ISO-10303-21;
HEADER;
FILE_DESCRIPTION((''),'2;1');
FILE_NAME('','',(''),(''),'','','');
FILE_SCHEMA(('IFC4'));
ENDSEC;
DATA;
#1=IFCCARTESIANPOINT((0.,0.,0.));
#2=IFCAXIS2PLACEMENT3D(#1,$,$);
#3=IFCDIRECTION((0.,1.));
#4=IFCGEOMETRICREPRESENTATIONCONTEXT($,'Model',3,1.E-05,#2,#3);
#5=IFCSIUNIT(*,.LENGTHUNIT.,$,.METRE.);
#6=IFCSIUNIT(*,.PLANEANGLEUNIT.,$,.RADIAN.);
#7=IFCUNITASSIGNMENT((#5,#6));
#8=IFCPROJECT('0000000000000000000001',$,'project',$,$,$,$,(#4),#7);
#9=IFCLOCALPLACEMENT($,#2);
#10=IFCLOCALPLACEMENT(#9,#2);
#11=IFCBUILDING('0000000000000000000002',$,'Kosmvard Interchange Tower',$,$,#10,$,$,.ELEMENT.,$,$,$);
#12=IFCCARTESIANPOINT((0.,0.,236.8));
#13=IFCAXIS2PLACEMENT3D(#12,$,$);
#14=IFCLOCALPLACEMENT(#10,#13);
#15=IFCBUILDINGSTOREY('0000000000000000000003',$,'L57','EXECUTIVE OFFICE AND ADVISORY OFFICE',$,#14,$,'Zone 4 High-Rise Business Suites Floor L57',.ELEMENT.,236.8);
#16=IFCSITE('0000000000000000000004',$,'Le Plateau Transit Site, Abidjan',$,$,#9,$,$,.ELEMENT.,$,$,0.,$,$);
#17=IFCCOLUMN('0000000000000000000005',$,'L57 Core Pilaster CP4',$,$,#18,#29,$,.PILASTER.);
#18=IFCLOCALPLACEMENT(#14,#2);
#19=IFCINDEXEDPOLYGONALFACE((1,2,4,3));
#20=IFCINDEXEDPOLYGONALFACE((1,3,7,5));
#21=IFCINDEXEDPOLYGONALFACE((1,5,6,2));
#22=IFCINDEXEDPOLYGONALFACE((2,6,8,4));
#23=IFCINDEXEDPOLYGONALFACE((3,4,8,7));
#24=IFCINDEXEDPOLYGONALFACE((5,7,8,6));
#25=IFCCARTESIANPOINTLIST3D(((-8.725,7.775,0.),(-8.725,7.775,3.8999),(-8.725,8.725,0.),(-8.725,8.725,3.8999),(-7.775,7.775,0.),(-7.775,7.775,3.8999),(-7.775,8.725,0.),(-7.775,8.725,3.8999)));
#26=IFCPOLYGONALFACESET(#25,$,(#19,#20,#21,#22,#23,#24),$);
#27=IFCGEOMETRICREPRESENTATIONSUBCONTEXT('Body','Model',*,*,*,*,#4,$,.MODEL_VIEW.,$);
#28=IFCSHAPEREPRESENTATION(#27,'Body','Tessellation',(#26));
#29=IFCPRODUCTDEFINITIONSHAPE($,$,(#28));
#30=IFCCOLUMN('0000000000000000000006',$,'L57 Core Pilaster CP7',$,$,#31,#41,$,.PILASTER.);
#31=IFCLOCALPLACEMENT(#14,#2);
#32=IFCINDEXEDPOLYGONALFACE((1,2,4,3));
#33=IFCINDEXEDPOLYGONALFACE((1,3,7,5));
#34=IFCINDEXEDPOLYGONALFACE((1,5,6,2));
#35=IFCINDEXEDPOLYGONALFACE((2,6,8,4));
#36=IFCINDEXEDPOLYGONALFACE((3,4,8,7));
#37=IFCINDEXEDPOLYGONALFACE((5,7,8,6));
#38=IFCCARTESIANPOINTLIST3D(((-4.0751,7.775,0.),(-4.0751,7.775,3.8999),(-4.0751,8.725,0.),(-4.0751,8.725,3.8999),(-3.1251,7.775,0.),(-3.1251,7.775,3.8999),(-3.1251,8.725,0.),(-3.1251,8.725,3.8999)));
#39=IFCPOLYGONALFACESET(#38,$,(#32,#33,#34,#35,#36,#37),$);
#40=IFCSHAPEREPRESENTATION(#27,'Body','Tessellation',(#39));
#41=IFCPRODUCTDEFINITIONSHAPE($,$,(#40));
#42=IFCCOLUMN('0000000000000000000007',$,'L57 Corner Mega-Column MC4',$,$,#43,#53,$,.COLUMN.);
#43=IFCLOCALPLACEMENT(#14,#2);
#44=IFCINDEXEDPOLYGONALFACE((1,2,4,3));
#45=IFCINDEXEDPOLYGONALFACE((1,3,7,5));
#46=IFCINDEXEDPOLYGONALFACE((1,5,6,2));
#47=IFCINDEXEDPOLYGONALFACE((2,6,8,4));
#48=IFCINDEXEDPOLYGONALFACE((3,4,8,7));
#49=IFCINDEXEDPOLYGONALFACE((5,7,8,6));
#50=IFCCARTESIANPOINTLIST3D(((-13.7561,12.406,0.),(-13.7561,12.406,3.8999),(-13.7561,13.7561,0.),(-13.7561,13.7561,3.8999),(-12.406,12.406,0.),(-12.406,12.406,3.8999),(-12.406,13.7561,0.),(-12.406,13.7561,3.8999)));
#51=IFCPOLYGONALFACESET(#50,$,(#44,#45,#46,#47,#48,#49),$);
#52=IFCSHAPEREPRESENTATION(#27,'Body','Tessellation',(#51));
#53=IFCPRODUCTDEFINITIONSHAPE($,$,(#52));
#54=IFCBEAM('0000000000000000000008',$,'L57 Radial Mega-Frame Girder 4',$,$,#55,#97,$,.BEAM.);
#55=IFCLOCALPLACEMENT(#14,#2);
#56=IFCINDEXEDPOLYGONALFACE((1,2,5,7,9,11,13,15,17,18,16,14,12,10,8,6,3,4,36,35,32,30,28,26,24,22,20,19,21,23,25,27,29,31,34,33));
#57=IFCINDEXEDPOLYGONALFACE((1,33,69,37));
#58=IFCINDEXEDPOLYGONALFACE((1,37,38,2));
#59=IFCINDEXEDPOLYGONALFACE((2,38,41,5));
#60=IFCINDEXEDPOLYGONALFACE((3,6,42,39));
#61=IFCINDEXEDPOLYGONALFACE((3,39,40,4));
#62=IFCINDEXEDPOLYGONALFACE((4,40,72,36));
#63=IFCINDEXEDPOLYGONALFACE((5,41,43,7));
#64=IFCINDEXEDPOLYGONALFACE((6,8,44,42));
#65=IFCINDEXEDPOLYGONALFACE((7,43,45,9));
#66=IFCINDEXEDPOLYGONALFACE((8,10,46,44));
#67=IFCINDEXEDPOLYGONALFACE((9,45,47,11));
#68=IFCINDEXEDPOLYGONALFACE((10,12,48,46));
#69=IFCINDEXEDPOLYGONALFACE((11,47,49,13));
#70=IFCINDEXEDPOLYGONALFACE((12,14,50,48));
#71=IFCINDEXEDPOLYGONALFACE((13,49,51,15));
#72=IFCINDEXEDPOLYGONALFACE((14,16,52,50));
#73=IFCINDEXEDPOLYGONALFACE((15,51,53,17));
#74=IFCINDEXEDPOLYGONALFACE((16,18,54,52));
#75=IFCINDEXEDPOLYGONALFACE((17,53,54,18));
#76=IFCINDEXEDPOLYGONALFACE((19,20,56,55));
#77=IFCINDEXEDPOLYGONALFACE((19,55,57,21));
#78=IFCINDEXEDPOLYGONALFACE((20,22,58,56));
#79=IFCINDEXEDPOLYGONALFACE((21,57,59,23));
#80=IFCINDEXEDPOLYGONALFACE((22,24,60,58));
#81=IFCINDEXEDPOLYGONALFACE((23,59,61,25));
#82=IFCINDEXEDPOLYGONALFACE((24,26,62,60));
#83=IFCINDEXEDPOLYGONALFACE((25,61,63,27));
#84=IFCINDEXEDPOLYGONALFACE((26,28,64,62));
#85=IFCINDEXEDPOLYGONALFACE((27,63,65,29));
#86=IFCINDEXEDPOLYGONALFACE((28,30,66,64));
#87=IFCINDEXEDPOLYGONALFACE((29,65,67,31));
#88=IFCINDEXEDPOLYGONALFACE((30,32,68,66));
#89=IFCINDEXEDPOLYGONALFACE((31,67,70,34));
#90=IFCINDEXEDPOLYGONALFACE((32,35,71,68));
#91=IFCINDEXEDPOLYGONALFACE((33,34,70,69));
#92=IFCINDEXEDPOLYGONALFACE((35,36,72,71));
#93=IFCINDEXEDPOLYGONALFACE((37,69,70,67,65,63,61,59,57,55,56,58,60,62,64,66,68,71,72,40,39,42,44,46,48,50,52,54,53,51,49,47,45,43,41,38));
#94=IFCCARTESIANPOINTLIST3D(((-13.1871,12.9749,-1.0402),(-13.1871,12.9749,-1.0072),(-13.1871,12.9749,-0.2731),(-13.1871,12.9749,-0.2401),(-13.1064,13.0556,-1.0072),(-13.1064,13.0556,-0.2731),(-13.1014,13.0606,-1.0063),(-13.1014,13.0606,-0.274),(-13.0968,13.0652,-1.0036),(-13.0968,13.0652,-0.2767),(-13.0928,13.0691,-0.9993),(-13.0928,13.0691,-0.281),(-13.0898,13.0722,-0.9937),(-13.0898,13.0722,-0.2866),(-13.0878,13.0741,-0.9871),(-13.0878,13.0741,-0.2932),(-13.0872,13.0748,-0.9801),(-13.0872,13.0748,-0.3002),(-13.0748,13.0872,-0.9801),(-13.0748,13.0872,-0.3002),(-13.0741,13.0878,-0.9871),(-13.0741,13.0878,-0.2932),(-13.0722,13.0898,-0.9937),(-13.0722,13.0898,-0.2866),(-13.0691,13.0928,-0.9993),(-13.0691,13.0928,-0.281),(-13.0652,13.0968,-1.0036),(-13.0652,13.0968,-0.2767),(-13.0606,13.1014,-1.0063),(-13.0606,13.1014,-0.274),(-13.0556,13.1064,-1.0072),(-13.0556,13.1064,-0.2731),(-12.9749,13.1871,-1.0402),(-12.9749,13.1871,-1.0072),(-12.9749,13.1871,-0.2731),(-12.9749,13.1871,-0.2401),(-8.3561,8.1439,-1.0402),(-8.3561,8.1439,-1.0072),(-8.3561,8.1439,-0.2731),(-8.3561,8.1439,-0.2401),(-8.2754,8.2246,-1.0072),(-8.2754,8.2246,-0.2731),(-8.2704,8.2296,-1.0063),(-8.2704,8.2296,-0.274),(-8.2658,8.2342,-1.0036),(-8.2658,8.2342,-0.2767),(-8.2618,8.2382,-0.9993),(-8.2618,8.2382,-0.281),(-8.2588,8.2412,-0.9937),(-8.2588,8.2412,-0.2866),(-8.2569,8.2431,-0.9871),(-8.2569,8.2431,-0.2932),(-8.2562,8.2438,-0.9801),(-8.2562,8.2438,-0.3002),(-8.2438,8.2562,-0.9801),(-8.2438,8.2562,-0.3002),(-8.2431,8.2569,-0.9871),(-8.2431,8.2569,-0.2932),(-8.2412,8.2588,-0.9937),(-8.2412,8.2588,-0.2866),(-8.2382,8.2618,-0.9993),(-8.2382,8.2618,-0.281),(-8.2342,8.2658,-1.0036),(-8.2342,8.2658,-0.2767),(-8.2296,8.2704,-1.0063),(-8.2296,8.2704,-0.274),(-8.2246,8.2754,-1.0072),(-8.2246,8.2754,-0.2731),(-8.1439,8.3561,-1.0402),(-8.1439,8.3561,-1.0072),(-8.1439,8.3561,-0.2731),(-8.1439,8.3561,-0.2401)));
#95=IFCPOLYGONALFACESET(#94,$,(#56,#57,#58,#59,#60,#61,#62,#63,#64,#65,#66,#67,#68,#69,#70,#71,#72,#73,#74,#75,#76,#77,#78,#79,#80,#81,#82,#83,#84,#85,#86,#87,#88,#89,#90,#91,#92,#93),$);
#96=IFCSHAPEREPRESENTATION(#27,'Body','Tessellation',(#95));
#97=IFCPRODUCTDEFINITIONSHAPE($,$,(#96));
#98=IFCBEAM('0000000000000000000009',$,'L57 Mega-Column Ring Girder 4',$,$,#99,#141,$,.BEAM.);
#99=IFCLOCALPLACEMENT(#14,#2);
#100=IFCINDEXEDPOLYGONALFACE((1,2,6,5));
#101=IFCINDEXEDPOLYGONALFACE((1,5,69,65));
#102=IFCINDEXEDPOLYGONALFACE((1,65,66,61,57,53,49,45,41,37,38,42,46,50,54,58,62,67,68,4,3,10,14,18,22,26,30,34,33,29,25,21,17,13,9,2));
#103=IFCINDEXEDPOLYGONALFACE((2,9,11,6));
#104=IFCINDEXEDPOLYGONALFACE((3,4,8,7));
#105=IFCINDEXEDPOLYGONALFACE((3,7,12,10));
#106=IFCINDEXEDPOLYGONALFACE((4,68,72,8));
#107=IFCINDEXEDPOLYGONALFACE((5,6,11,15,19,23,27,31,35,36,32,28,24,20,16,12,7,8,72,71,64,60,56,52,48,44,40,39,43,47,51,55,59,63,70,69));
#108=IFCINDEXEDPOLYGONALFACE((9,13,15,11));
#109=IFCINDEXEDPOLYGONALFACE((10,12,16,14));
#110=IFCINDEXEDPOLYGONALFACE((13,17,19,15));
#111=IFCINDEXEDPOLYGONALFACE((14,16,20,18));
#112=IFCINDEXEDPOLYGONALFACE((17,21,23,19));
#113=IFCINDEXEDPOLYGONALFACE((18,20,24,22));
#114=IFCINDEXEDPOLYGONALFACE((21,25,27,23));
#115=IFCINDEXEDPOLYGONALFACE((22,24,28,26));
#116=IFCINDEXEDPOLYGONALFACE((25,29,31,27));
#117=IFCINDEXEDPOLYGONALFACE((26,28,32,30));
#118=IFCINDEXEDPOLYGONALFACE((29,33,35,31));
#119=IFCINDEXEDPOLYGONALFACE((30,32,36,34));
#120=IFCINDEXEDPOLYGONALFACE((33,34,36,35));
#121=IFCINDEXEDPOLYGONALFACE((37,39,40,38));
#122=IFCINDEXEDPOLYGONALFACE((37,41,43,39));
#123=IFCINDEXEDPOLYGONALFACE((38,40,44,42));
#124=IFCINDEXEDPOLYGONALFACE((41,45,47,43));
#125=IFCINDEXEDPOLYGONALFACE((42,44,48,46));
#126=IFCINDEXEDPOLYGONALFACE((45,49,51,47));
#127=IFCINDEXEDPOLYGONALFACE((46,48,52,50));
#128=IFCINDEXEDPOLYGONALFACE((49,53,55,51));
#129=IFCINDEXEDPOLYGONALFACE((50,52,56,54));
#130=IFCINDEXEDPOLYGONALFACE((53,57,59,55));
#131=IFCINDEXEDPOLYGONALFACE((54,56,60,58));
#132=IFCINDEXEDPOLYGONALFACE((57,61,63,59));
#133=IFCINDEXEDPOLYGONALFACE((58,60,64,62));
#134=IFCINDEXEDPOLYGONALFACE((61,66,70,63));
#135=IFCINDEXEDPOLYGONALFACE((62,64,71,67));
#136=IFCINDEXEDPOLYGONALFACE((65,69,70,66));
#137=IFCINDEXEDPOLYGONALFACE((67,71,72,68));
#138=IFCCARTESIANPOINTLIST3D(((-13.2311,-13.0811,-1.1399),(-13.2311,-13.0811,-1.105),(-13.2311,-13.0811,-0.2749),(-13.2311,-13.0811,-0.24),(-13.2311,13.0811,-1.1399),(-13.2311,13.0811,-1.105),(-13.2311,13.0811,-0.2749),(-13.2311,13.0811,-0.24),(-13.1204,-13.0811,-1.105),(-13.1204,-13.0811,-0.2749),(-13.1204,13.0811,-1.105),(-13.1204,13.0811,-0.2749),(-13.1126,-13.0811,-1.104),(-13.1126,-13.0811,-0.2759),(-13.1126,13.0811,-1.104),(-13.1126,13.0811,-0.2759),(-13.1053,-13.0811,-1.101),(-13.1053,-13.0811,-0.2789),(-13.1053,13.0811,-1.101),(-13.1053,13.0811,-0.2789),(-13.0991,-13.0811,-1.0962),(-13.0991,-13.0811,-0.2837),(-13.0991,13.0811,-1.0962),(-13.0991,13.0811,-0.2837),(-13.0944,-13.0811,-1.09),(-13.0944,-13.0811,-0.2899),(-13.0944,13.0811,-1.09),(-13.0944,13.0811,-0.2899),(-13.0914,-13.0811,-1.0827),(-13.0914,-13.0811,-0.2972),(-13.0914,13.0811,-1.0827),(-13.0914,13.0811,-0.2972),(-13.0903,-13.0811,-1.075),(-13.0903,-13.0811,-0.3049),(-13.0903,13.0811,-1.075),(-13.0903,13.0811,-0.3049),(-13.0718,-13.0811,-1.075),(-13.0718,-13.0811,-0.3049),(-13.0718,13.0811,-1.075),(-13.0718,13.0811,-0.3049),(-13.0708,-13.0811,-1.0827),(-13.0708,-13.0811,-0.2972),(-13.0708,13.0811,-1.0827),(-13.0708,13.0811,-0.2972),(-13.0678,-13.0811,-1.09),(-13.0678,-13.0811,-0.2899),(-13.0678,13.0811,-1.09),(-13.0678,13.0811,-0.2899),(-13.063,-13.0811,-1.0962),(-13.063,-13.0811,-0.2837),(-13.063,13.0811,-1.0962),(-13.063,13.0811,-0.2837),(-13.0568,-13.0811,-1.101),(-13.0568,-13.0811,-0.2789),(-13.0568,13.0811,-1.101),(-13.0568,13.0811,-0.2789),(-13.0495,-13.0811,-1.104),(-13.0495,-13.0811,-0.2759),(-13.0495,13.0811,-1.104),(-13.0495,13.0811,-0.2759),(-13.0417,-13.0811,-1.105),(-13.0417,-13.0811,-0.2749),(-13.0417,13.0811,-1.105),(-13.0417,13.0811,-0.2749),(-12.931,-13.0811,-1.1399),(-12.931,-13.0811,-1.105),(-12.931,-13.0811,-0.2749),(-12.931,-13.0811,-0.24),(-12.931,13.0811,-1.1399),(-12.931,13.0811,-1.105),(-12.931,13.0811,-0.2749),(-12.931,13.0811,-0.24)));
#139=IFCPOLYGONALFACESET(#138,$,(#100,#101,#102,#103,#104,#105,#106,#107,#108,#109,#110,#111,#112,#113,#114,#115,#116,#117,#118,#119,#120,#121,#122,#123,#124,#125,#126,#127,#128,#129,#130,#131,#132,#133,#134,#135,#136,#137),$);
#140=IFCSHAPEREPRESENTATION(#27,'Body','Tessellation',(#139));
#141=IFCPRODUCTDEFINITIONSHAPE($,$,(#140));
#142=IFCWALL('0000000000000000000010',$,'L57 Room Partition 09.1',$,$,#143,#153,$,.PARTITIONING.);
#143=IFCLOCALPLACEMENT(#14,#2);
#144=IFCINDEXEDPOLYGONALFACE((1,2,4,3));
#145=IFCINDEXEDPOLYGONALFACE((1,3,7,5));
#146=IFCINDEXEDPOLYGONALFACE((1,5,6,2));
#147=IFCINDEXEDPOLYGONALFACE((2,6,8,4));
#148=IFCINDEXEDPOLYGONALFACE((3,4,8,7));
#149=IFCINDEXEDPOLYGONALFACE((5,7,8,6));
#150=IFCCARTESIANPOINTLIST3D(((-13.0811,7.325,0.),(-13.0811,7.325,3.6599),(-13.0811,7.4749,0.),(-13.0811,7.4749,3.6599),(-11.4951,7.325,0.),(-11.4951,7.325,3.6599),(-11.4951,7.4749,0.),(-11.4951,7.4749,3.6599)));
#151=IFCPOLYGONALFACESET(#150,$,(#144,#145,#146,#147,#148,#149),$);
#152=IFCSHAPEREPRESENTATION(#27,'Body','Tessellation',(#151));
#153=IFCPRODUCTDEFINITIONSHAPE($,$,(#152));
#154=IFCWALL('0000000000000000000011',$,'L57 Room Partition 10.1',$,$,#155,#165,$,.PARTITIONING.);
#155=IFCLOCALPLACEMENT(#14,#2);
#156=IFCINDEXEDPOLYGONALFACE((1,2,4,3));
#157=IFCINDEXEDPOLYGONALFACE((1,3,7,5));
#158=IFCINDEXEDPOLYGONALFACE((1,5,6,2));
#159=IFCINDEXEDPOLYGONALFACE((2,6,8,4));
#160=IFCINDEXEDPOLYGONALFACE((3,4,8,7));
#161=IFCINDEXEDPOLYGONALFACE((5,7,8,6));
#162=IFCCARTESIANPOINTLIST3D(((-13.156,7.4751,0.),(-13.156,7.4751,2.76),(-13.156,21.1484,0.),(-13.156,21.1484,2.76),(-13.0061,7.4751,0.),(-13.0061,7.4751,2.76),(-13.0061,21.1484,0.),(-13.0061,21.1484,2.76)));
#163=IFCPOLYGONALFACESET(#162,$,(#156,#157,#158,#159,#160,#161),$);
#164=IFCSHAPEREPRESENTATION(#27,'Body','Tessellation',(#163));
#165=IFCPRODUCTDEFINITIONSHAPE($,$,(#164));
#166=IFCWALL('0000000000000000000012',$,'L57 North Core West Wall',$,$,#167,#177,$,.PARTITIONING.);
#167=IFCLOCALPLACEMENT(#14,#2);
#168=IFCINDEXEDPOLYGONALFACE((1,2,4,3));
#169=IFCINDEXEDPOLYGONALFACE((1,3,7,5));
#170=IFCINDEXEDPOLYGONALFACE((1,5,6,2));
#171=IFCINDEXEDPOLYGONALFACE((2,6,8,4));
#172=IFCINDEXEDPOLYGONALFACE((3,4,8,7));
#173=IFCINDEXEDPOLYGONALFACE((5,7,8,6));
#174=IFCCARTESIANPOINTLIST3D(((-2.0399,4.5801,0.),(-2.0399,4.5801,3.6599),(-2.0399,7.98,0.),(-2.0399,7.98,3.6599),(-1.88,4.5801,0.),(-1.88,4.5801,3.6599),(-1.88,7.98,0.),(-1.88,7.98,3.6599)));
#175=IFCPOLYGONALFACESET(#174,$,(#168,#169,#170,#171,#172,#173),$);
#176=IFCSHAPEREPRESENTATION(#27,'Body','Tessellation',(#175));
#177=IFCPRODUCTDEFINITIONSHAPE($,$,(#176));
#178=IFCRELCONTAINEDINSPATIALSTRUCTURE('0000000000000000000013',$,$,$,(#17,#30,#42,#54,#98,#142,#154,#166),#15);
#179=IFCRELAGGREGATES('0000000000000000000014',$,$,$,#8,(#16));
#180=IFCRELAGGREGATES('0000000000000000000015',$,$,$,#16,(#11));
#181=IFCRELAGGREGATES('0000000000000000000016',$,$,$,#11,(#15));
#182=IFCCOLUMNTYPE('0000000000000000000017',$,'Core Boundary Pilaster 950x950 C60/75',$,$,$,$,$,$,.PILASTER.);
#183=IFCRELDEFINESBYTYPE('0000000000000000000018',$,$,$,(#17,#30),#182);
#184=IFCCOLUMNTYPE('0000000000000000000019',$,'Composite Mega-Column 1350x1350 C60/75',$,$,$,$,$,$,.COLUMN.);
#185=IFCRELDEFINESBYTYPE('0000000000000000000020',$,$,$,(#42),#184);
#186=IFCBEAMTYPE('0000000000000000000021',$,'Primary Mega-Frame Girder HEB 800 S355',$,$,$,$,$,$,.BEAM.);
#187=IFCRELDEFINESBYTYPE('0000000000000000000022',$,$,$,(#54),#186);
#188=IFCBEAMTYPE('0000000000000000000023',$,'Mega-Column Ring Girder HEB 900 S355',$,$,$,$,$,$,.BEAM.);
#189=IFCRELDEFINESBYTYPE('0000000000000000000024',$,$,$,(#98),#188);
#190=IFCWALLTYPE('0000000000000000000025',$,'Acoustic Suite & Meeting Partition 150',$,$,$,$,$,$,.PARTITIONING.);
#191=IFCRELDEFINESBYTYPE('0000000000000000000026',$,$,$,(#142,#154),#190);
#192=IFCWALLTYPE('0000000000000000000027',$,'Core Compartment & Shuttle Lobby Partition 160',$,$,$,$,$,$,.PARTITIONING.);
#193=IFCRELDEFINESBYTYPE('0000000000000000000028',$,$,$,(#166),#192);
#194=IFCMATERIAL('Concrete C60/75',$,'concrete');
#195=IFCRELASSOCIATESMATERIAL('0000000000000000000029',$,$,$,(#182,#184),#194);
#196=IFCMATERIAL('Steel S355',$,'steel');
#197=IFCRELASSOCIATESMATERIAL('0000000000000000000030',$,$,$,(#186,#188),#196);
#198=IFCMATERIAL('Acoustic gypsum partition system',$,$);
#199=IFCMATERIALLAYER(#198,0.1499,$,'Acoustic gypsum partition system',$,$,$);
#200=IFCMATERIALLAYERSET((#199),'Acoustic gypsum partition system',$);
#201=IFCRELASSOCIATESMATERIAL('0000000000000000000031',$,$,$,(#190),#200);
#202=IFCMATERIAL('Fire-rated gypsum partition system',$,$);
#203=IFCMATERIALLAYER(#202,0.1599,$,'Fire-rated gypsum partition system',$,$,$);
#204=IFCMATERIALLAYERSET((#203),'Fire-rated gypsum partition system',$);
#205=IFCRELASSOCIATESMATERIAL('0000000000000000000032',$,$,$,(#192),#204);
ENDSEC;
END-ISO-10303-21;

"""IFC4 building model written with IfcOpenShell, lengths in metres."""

from ifc_helpers import new_model, si_unit, direction, frame, frame_2d, origin, origin_2d, place, context, subcontext, project, spatial, rectangle, i_section, extrude, source, transform, mapped, material, layer, layer_set, material_profile, profile_set, type_object, element, save


model = new_model("IFC4")

# Units and contexts
model_context = context("Model", 3, precision=1e-05, world=origin(), true_north=direction((0.0, 1.0)))
body_context = subcontext(model_context, "Body", "Model", "MODEL_VIEW")
ifc_project = project(units=[si_unit("LENGTHUNIT", "METRE"), si_unit("PLANEANGLEUNIT", "RADIAN")], contexts=[model_context])

# Site, building, storey
site_placement = place(None, origin())
site = spatial("IfcSite", under=ifc_project, at=site_placement, Name="Le Plateau Transit Site, Abidjan", CompositionType="ELEMENT", RefElevation=0.0)
building_placement = place(site_placement, origin())
building = spatial("IfcBuilding", under=site, at=building_placement, Name="Kosmvard Interchange Tower", CompositionType="ELEMENT")
storey_placement = place(building_placement, frame((0.0, 0.0, 236.8)))
storey = spatial("IfcBuildingStorey", under=building, at=storey_placement, Name="L57", Description="EXECUTIVE OFFICE AND ADVISORY OFFICE", LongName="Zone 4 High-Rise Business Suites Floor L57", CompositionType="ELEMENT", Elevation=236.8)

# Columns
ifc_material_1 = material(Name="Concrete C60/75", Category="concrete")
ifc_material_profile_1 = material_profile(ifc_material_1, rectangle(XDim=0.95, YDim=0.95, at=origin_2d()), Name="CP 950x950")
ifc_profile_set_1 = profile_set([ifc_material_profile_1], Name="Concrete C60/75")
column_type_1 = type_object("IfcColumnType", Name="Core Boundary Pilaster 950x950 C60/75", PredefinedType="PILASTER", material=ifc_profile_set_1)
shared_shape_1 = source(origin(), body_context, "Body", "SweptSolid", [
    extrude(rectangle(XDim=0.95, YDim=0.95, at=origin_2d()), origin(), (0.0, 0.0, 1.0), 3.8999),
])
for number, where, z_axis, x_axis, name in (
    (1, (-8.25, 8.25, 0.0), (0.0, 0.0, 1.0), (1.0, 0.0, 0.0), "L57 Core Pilaster CP4"),
    (2, (-3.6001, 8.25, 0.0), (0.0, 0.0, 1.0), (1.0, 0.0, 0.0), "L57 Core Pilaster CP7"),
):
    element("IfcColumn", number, at=place(storey_placement, frame(where, z_axis=z_axis, x_axis=x_axis)), inside=storey, type_object=column_type_1, Name=name, PredefinedType="PILASTER", context=body_context, shape_type="MappedRepresentation", body=[
        mapped(shared_shape_1, transform((0.0, 0.0, 0.0), scale=1.0)),
    ])
ifc_material_profile_2 = material_profile(ifc_material_1, rectangle(XDim=1.3501, YDim=1.3501, at=origin_2d()), Name="MC 1350x1350")
ifc_profile_set_2 = profile_set([ifc_material_profile_2], Name="Concrete C60/75")
column_type_2 = type_object("IfcColumnType", Name="Composite Mega-Column 1350x1350 C60/75", PredefinedType="COLUMN", material=ifc_profile_set_2)
shared_shape_2 = source(origin(), body_context, "Body", "SweptSolid", [
    extrude(rectangle(XDim=1.3501, YDim=1.3501, at=origin_2d()), origin(), (0.0, 0.0, 1.0), 3.8999),
])
column_placement = place(storey_placement, frame((-13.0811, 13.0811, 0.0), z_axis=(0.0, 0.0, 1.0), x_axis=(1.0, 0.0, 0.0)))
element("IfcColumn", 3, at=column_placement, inside=storey, type_object=column_type_2, Name="L57 Corner Mega-Column MC4", PredefinedType="COLUMN", context=body_context, shape_type="MappedRepresentation", body=[
    mapped(shared_shape_2, transform((0.0, 0.0, 0.0), scale=1.0)),
])

# Beams
ifc_material_2 = material(Name="Steel S355", Category="steel")
ifc_material_profile_3 = material_profile(ifc_material_2, i_section(OverallWidth=0.3, OverallDepth=0.8, WebThickness=0.0176, FlangeThickness=0.033, FilletRadius=0.0271, at=origin_2d()), Name="HEB 800")
ifc_profile_set_3 = profile_set([ifc_material_profile_3], Name="Steel S355")
beam_type_1 = type_object("IfcBeamType", Name="Primary Mega-Frame Girder HEB 800 S355", PredefinedType="BEAM", material=ifc_profile_set_3)
shared_shape_3 = source(origin(), body_context, "Body", "SweptSolid", [
    extrude(i_section(OverallWidth=0.3, OverallDepth=0.8, WebThickness=0.0176, FlangeThickness=0.033, FilletRadius=0.0271, at=origin_2d()), origin(), (0.0, 0.0, 1.0), 6.832),
])
beam_1_placement = place(storey_placement, frame((-8.25, 8.25, -0.6401), z_axis=(-0.707107, 0.707107, 0.0), x_axis=(-0.707107, -0.707107, 0.0)))
element("IfcBeam", 4, at=beam_1_placement, inside=storey, type_object=beam_type_1, Name="L57 Radial Mega-Frame Girder 4", PredefinedType="BEAM", context=body_context, shape_type="MappedRepresentation", body=[
    mapped(shared_shape_3, transform((0.0, 0.0, 0.0), scale=1.0)),
])
ifc_material_profile_4 = material_profile(ifc_material_2, i_section(OverallWidth=0.3, OverallDepth=0.8999, WebThickness=0.0186, FlangeThickness=0.0349, FilletRadius=0.03, at=origin_2d()), Name="HEB 900")
ifc_profile_set_4 = profile_set([ifc_material_profile_4], Name="Steel S355")
beam_type_2 = type_object("IfcBeamType", Name="Mega-Column Ring Girder HEB 900 S355", PredefinedType="BEAM", material=ifc_profile_set_4)
shared_shape_4 = source(origin(), body_context, "Body", "SweptSolid", [
    extrude(i_section(OverallWidth=0.3, OverallDepth=0.8999, WebThickness=0.0186, FlangeThickness=0.0349, FilletRadius=0.03, at=origin_2d()), origin(), (0.0, 0.0, 1.0), 26.1621),
])
beam_2_placement = place(storey_placement, frame((-13.0811, 13.0811, -0.6899), z_axis=(0.0, -1.0, 0.0), x_axis=(1.0, 0.0, 0.0)))
element("IfcBeam", 5, at=beam_2_placement, inside=storey, type_object=beam_type_2, Name="L57 Mega-Column Ring Girder 4", PredefinedType="BEAM", context=body_context, shape_type="MappedRepresentation", body=[
    mapped(shared_shape_4, transform((0.0, 0.0, 0.0), scale=1.0)),
])

# Walls
ifc_material_3 = material(Name="Acoustic gypsum partition system")
ifc_layer_1 = layer(ifc_material_3, 0.1499, Name="Acoustic gypsum partition system")
ifc_layer_set_1 = layer_set([ifc_layer_1], Name="Acoustic gypsum partition system")
wall_type_1 = type_object("IfcWallType", Name="Acoustic Suite & Meeting Partition 150", PredefinedType="PARTITIONING", material=ifc_layer_set_1)
wall_1_placement = place(storey_placement, frame((-11.4951, 7.3999, 0.0), z_axis=(0.0, 0.0, 1.0), x_axis=(-1.0, 0.0, 0.0)))
element("IfcWall", 6, at=wall_1_placement, inside=storey, type_object=wall_type_1, Name="L57 Room Partition 09.1", PredefinedType="PARTITIONING", context=body_context, shape_type="SweptSolid", body=[
    extrude(rectangle(XDim=1.5859, YDim=0.1499, at=frame_2d((0.793, 0.0))), origin(), (0.0, 0.0, 1.0), 3.6599),
])
wall_2_placement = place(storey_placement, frame((-13.0811, 7.4751, 0.0), z_axis=(0.0, 0.0, 1.0), x_axis=(0.0, 1.0, 0.0)))
element("IfcWall", 7, at=wall_2_placement, inside=storey, type_object=wall_type_1, Name="L57 Room Partition 10.1", PredefinedType="PARTITIONING", context=body_context, shape_type="SweptSolid", body=[
    extrude(rectangle(XDim=13.6733, YDim=0.1499, at=frame_2d((6.8367, 0.0))), origin(), (0.0, 0.0, 1.0), 2.76),
])
ifc_material_4 = material(Name="Fire-rated gypsum partition system")
ifc_layer_2 = layer(ifc_material_4, 0.1599, Name="Fire-rated gypsum partition system")
ifc_layer_set_2 = layer_set([ifc_layer_2], Name="Fire-rated gypsum partition system")
wall_type_2 = type_object("IfcWallType", Name="Core Compartment & Shuttle Lobby Partition 160", PredefinedType="PARTITIONING", material=ifc_layer_set_2)
wall_3_placement = place(storey_placement, frame((-1.96, 4.5801, 0.0), z_axis=(0.0, 0.0, 1.0), x_axis=(0.0, 1.0, 0.0)))
element("IfcWall", 8, at=wall_3_placement, inside=storey, type_object=wall_type_2, Name="L57 North Core West Wall", PredefinedType="PARTITIONING", context=body_context, shape_type="SweptSolid", body=[
    extrude(rectangle(XDim=3.3999, YDim=0.1599, at=frame_2d((1.7, 0.0))), origin(), (0.0, 0.0, 1.0), 3.6599),
])

save(model, "model.ifc")
